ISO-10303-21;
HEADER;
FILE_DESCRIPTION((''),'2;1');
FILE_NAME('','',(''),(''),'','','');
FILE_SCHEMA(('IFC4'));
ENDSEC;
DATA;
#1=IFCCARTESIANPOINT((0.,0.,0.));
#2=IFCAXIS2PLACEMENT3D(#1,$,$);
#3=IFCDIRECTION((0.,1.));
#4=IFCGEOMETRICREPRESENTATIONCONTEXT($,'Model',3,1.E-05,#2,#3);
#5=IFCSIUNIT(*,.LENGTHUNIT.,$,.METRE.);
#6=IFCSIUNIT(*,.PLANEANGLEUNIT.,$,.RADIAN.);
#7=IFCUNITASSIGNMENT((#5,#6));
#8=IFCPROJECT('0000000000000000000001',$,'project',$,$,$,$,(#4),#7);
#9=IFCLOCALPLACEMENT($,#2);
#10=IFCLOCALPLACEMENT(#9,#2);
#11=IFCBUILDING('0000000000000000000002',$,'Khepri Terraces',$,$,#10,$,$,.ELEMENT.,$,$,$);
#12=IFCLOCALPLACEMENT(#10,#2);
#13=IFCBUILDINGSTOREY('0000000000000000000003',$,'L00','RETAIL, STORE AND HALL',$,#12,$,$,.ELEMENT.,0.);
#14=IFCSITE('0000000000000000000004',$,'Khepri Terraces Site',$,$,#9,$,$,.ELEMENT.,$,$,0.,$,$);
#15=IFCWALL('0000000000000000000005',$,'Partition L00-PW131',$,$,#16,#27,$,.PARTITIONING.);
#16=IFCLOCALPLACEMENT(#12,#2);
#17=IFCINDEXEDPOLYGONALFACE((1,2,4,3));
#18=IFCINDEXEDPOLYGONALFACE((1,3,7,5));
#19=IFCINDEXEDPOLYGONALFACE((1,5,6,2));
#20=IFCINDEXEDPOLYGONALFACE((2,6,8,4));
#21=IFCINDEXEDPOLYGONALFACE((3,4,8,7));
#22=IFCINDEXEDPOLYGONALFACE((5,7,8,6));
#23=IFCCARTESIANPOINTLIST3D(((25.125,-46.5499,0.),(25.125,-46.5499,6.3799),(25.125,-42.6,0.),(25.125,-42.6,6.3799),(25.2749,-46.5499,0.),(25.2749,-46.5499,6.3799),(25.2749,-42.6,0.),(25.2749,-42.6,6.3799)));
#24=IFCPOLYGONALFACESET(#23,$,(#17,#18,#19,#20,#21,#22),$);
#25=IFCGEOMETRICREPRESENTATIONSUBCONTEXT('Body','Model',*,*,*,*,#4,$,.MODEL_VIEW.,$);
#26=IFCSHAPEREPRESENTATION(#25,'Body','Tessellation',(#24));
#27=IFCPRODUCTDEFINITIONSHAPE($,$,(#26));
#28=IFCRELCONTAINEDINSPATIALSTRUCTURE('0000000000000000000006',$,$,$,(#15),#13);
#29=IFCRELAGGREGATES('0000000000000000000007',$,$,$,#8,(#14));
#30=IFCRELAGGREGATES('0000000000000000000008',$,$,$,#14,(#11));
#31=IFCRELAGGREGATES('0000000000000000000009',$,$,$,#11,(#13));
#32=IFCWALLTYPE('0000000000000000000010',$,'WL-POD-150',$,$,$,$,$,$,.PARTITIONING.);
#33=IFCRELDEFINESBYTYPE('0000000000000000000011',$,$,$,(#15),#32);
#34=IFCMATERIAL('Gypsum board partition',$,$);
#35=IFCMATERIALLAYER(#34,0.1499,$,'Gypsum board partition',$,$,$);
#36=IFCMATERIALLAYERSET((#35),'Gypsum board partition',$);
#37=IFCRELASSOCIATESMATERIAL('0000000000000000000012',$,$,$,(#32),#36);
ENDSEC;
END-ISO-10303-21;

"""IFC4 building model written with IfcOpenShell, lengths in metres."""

from ifc_helpers import new_model, si_unit, direction, frame, frame_2d, origin, place, context, subcontext, project, spatial, rectangle, extrude, material, layer, layer_set, type_object, element, save


model = new_model("IFC4")

# Units and contexts
model_context = context("Model", 3, precision=1e-05, world=origin(), true_north=direction((0.0, 1.0)))
body_context = subcontext(model_context, "Body", "Model", "MODEL_VIEW")
ifc_project = project(units=[si_unit("LENGTHUNIT", "METRE"), si_unit("PLANEANGLEUNIT", "RADIAN")], contexts=[model_context])

# Site, building, storey
site_placement = place(None, origin())
site = spatial("IfcSite", under=ifc_project, at=site_placement, Name="Khepri Terraces Site", CompositionType="ELEMENT", RefElevation=0.0)
building_placement = place(site_placement, origin())
building = spatial("IfcBuilding", under=site, at=building_placement, Name="Khepri Terraces", CompositionType="ELEMENT")
storey_placement = place(building_placement, origin())
storey = spatial("IfcBuildingStorey", under=building, at=storey_placement, Name="L00", Description="RETAIL, STORE AND HALL", CompositionType="ELEMENT", Elevation=0.0)

# Wall
ifc_material_1 = material(Name="Gypsum board partition")
ifc_layer_1 = layer(ifc_material_1, 0.1499, Name="Gypsum board partition")
ifc_layer_set_1 = layer_set([ifc_layer_1], Name="Gypsum board partition")
wall_type_1 = type_object("IfcWallType", Name="WL-POD-150", PredefinedType="PARTITIONING", material=ifc_layer_set_1)
for number, where, z_axis, x_axis, name in (
    (1, (25.2, -46.55, 0.0), (0.0, 0.0, 1.0), (0.0, 1.0, 0.0), "Partition L00-PW131"),
):
    element("IfcWall", number, at=place(storey_placement, frame(where, z_axis=z_axis, x_axis=x_axis)), inside=storey, type_object=wall_type_1, Name=name, PredefinedType="PARTITIONING", context=body_context, shape_type="SweptSolid", body=[
        extrude(rectangle(XDim=3.95, YDim=0.1499, at=frame_2d((1.9751, 0.0))), origin(), (0.0, 0.0, 1.0), 6.3799),
    ])

save(model, "model.ifc")
